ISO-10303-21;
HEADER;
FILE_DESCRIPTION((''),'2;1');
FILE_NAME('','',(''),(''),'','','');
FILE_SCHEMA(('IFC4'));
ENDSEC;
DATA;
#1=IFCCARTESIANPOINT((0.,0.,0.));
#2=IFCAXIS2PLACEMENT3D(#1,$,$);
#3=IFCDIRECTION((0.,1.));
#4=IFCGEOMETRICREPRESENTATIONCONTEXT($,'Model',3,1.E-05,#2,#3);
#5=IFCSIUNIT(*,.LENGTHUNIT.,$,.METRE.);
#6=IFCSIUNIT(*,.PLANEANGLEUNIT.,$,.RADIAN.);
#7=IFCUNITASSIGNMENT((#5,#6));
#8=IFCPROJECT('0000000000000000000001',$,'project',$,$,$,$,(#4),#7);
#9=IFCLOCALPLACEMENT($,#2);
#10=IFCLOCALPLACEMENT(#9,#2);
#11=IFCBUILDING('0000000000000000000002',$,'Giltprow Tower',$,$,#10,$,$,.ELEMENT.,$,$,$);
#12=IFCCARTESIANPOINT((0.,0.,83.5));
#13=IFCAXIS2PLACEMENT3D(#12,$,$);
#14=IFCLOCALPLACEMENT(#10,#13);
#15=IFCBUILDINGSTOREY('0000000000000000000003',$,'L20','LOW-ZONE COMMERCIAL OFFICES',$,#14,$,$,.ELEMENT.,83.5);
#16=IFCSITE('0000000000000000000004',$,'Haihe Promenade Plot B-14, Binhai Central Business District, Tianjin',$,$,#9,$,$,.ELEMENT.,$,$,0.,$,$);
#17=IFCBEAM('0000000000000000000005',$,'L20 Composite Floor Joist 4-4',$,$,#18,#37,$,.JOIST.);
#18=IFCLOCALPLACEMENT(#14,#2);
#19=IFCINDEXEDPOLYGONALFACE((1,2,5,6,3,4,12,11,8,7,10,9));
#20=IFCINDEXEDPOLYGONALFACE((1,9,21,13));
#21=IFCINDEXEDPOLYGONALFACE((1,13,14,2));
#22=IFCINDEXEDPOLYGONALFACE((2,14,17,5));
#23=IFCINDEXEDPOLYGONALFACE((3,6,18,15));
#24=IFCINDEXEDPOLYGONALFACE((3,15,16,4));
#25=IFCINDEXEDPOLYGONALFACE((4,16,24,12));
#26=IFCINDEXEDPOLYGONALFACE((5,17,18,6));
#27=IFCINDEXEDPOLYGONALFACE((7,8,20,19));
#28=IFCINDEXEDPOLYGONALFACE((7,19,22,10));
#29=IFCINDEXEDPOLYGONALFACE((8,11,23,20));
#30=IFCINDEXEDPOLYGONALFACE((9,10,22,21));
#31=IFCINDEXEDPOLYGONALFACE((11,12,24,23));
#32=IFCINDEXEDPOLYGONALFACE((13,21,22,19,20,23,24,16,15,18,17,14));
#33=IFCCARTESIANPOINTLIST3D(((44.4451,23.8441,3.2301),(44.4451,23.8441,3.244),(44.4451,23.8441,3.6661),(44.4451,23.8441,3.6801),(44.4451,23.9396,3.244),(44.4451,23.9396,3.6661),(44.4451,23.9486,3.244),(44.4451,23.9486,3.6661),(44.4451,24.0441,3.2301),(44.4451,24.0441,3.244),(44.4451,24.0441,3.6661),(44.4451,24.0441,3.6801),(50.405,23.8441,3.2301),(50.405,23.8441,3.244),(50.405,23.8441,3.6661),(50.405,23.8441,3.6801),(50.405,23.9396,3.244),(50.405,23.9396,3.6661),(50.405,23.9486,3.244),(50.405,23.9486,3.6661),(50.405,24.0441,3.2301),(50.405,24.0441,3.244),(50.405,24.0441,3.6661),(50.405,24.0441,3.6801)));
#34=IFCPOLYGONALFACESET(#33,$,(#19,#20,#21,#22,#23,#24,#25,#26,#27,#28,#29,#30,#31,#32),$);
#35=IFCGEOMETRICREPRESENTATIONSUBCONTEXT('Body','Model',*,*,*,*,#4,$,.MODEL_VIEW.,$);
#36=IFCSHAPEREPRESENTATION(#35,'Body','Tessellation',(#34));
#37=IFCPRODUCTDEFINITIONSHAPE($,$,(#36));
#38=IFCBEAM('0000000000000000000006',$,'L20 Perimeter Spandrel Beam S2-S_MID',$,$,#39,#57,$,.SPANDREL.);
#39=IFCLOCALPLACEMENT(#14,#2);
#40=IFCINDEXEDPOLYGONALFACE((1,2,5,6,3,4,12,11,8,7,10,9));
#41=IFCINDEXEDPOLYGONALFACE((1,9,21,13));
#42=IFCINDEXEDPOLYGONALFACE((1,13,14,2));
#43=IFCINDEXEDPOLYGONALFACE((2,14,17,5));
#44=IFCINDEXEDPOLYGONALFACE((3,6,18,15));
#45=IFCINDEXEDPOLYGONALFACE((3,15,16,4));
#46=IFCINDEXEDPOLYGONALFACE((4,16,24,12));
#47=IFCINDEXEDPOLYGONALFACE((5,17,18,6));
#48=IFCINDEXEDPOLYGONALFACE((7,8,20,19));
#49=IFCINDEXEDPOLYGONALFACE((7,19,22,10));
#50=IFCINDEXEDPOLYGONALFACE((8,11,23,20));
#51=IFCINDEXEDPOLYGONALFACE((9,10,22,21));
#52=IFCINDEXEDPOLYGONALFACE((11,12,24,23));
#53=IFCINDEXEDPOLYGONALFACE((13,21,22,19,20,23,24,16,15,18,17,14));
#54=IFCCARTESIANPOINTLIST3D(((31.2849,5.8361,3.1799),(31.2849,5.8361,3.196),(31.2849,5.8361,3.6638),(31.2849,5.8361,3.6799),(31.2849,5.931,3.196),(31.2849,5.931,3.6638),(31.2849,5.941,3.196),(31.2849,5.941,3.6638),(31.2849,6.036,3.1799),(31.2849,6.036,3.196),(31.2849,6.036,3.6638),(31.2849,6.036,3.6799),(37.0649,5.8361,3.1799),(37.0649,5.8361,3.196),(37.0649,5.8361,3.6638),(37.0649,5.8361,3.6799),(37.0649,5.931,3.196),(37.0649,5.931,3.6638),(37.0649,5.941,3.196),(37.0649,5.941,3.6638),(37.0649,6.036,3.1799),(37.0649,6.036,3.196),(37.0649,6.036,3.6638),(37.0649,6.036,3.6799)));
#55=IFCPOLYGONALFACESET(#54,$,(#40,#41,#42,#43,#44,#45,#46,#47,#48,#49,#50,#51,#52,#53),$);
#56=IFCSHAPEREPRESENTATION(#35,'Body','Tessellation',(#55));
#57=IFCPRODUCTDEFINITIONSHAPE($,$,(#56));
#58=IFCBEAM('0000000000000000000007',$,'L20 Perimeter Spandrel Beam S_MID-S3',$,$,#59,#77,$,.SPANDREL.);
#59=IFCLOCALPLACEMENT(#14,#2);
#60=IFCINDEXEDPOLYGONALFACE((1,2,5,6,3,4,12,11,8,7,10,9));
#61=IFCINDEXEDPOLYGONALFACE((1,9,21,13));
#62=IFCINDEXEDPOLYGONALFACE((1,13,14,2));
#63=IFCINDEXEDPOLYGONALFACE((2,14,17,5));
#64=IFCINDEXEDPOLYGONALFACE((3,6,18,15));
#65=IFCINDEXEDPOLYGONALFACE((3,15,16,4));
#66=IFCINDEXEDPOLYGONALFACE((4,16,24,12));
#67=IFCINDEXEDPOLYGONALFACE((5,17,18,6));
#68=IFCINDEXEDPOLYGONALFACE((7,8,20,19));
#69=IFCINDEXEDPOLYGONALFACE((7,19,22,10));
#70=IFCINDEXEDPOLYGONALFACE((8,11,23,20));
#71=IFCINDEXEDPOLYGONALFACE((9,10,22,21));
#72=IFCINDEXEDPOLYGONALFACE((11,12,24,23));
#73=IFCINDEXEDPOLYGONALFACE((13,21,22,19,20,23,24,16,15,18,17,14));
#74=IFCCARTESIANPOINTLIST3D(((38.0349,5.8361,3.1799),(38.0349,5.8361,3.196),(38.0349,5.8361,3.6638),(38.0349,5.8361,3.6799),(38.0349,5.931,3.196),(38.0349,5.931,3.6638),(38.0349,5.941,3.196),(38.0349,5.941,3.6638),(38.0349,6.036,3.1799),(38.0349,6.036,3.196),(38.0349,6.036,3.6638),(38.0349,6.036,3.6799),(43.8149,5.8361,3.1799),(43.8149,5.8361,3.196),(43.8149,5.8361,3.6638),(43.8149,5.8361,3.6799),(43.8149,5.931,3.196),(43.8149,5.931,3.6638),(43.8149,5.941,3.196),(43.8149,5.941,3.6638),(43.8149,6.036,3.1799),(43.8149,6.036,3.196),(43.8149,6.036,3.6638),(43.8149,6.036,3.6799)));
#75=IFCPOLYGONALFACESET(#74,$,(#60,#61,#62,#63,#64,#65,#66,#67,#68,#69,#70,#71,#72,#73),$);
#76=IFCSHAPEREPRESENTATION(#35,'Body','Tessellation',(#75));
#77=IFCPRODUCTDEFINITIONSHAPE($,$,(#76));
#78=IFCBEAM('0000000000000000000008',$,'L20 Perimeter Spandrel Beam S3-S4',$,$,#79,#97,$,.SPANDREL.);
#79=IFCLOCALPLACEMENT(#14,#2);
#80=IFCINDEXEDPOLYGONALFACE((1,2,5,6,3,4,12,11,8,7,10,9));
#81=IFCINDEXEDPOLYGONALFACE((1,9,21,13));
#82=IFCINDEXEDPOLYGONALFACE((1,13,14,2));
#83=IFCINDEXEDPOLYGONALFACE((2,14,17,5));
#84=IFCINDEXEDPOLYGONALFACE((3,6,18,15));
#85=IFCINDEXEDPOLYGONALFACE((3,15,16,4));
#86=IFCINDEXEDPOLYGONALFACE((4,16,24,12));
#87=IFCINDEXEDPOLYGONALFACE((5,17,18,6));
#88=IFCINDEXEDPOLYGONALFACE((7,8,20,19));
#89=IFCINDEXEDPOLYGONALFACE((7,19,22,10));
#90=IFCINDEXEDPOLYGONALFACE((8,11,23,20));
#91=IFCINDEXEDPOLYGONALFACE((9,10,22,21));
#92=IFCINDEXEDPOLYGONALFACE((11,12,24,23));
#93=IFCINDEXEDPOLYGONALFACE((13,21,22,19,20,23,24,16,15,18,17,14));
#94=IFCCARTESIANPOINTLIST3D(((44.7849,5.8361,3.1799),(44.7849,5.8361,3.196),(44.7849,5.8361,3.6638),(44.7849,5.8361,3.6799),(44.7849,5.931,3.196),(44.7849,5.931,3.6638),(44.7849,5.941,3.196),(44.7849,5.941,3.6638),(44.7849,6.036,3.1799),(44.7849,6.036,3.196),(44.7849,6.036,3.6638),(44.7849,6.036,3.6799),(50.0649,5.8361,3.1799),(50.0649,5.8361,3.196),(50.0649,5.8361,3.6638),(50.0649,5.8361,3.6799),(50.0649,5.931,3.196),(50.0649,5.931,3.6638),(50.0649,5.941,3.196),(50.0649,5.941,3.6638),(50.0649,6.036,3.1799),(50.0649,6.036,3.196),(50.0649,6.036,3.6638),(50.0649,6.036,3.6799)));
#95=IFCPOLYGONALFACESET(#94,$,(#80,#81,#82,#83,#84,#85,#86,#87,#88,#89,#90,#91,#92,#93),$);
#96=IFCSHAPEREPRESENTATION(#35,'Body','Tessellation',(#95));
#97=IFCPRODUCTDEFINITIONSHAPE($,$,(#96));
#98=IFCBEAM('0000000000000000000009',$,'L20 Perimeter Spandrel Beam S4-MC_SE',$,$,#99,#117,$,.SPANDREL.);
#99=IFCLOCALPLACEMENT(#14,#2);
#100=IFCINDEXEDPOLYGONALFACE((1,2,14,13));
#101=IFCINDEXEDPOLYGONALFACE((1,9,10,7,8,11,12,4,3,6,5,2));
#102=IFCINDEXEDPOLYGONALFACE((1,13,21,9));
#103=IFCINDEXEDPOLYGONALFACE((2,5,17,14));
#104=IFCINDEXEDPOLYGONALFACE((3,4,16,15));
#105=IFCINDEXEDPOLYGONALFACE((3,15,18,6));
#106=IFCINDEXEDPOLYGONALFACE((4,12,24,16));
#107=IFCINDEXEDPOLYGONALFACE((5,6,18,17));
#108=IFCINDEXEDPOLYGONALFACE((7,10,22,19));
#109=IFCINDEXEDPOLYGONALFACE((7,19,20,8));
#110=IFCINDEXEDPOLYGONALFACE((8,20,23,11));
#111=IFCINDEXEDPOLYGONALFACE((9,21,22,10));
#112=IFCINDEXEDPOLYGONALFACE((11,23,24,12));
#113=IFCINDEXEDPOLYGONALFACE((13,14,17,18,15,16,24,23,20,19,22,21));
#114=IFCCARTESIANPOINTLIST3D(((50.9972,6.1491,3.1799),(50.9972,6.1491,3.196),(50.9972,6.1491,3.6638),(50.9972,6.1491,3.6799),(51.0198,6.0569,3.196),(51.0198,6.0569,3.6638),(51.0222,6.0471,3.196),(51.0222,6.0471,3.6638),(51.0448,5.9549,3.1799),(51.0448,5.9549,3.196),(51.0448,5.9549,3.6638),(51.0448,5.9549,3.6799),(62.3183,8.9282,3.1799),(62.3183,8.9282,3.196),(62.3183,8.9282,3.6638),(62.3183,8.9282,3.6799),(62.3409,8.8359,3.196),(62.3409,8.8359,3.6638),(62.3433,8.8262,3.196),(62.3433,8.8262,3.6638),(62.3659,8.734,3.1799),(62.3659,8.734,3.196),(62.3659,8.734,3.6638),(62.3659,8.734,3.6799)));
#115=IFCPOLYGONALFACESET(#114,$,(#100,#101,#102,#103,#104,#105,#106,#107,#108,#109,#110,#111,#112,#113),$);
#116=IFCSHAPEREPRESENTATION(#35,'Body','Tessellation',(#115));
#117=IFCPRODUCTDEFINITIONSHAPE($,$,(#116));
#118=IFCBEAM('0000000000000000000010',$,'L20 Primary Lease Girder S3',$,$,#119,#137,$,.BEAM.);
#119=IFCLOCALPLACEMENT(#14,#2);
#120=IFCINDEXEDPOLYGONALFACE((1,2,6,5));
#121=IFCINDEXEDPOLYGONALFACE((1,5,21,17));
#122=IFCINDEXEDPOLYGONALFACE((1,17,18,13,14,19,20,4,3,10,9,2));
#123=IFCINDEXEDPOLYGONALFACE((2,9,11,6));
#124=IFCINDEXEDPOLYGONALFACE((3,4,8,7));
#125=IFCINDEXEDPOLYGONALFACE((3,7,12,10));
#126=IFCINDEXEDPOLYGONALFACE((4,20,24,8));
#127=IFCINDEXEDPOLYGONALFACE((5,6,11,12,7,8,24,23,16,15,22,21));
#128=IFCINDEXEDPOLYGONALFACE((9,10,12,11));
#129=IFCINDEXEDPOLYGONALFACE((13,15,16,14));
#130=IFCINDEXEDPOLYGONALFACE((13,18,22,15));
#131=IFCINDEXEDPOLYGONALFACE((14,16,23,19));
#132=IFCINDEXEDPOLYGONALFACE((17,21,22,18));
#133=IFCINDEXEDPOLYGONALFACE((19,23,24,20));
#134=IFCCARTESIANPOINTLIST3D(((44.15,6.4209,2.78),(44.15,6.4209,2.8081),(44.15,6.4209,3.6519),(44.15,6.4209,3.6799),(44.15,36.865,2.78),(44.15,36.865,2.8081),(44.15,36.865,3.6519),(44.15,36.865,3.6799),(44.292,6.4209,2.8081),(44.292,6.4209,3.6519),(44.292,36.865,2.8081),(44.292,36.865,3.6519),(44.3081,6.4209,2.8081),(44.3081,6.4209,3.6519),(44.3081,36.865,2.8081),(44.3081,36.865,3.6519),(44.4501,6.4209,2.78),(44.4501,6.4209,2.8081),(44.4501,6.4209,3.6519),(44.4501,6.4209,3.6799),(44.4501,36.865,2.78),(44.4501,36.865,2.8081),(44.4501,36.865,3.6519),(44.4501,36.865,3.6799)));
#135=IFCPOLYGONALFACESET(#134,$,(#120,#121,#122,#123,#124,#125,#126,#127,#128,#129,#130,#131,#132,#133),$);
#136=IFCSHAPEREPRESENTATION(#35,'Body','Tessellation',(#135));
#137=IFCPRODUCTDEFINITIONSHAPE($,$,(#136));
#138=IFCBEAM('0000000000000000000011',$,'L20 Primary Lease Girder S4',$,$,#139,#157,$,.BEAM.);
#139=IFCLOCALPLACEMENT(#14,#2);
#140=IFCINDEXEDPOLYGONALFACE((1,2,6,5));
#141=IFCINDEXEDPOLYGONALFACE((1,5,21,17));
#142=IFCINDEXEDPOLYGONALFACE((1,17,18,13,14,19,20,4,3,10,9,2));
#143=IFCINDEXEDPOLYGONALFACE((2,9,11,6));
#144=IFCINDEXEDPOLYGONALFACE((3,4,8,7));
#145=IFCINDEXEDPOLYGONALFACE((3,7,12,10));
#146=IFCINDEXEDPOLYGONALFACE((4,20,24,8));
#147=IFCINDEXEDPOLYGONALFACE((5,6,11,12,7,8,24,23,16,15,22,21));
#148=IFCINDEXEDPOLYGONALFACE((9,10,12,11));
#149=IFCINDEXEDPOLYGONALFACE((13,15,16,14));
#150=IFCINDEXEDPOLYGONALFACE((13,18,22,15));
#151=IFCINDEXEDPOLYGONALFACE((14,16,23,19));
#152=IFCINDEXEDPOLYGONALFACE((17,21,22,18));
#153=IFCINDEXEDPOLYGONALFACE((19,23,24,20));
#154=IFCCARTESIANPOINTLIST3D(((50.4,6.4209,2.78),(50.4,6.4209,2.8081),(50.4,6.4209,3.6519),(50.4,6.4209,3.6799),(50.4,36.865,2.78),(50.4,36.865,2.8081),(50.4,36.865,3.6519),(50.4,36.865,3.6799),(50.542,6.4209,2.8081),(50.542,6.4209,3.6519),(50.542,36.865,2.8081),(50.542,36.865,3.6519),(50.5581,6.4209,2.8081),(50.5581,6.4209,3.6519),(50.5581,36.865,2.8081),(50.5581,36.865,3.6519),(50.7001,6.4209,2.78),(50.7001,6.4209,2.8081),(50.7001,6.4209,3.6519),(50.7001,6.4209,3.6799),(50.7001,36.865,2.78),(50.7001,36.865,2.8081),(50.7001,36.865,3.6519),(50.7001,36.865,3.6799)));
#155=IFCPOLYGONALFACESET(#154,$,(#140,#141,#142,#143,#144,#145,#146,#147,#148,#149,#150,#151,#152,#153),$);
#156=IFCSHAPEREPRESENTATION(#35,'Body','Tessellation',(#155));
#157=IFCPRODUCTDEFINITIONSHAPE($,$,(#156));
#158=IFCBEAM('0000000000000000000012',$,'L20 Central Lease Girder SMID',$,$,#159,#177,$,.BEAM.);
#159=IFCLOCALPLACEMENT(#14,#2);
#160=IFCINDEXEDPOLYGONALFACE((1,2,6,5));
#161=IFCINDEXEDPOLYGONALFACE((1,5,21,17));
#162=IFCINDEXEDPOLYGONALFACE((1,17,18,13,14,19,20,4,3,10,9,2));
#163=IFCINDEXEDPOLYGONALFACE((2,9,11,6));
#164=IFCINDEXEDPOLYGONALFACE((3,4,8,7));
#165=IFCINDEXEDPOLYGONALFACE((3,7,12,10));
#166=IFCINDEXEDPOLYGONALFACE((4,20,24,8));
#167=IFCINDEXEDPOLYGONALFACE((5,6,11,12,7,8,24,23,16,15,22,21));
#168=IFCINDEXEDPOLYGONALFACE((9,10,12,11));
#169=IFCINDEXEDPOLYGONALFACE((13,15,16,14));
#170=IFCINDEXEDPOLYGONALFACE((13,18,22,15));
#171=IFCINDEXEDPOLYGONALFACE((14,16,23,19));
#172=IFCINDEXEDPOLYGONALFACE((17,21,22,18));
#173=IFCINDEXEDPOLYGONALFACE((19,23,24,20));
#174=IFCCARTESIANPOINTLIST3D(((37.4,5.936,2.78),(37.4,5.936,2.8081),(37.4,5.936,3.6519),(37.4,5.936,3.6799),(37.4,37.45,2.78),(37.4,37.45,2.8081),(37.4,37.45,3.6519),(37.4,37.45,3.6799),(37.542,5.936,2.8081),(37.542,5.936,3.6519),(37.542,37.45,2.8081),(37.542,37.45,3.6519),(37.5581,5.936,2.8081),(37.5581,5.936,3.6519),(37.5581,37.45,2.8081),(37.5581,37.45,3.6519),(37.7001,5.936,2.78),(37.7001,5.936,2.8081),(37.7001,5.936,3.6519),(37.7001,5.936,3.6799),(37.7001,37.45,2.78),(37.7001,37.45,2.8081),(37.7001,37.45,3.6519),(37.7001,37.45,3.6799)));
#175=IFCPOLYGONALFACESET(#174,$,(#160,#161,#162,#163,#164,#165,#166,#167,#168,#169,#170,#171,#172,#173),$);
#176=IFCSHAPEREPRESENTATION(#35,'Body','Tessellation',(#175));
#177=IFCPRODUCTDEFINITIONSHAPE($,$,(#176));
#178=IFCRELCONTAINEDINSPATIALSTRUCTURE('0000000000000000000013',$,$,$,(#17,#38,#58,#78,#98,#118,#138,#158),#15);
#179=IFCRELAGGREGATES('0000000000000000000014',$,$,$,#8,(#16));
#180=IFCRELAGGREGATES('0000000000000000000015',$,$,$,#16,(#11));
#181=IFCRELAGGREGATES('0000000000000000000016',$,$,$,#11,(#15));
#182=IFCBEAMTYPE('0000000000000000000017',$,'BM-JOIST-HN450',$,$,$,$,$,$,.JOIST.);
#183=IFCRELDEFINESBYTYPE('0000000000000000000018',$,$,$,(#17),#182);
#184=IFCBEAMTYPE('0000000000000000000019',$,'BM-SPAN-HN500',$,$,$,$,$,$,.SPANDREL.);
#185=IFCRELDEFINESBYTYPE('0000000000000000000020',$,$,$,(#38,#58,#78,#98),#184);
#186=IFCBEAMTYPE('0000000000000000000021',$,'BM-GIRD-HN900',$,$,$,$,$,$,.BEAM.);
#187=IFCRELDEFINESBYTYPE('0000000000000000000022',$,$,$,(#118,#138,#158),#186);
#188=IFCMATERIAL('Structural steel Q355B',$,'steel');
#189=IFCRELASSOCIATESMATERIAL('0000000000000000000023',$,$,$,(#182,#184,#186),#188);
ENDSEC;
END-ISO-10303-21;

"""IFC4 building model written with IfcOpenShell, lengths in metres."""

from ifc_helpers import new_model, si_unit, direction, frame, origin, origin_2d, place, context, subcontext, project, spatial, i_section, extrude, source, transform, mapped, material, material_profile, profile_set, type_object, element, save


model = new_model("IFC4")

# Units and contexts
model_context = context("Model", 3, precision=1e-05, world=origin(), true_north=direction((0.0, 1.0)))
body_context = subcontext(model_context, "Body", "Model", "MODEL_VIEW")
ifc_project = project(units=[si_unit("LENGTHUNIT", "METRE"), si_unit("PLANEANGLEUNIT", "RADIAN")], contexts=[model_context])

# Site, building, storey
site_placement = place(None, origin())
site = spatial("IfcSite", under=ifc_project, at=site_placement, Name="Haihe Promenade Plot B-14, Binhai Central Business District, Tianjin", CompositionType="ELEMENT", RefElevation=0.0)
building_placement = place(site_placement, origin())
building = spatial("IfcBuilding", under=site, at=building_placement, Name="Giltprow Tower", CompositionType="ELEMENT")
storey_placement = place(building_placement, frame((0.0, 0.0, 83.5)))
storey = spatial("IfcBuildingStorey", under=building, at=storey_placement, Name="L20", Description="LOW-ZONE COMMERCIAL OFFICES", CompositionType="ELEMENT", Elevation=83.5)

# Beams
ifc_material_1 = material(Name="Structural steel Q355B", Category="steel")
ifc_material_profile_1 = material_profile(ifc_material_1, i_section(OverallWidth=0.2, OverallDepth=0.45, WebThickness=0.009, FlangeThickness=0.0139, at=origin_2d()), Name="HN 450x200x9x14")
ifc_profile_set_1 = profile_set([ifc_material_profile_1], Name="Structural steel Q355B")
beam_type_1 = type_object("IfcBeamType", Name="BM-JOIST-HN450", PredefinedType="JOIST", material=ifc_profile_set_1)
shared_shape_1 = source(origin(), body_context, "Body", "SweptSolid", [
    extrude(i_section(OverallWidth=0.2, OverallDepth=0.45, WebThickness=0.009, FlangeThickness=0.0139, at=origin_2d()), origin(), (0.0, 0.0, 1.0), 5.96),
])
for number, where, z_axis, x_axis, name in (
    (1, (44.4451, 23.9441, 3.4551), (1.0, 0.0, 0.0), (0.0, 1.0, 0.0), "L20 Composite Floor Joist 4-4"),
):
    element("IfcBeam", number, at=place(storey_placement, frame(where, z_axis=z_axis, x_axis=x_axis)), inside=storey, type_object=beam_type_1, Name=name, PredefinedType="JOIST", context=body_context, shape_type="MappedRepresentation", body=[
        mapped(shared_shape_1, transform((0.0, 0.0, 0.0), x_axis=(1.0, 0.0, 0.0), y_axis=(0.0, 1.0, 0.0), z_axis=(0.0, 0.0, 1.0), scale=1.0)),
    ])
ifc_material_profile_2 = material_profile(ifc_material_1, i_section(OverallWidth=0.2, OverallDepth=0.5, WebThickness=0.01, FlangeThickness=0.0161, at=origin_2d()), Name="HN 500x200x10x16")
ifc_profile_set_2 = profile_set([ifc_material_profile_2], Name="Structural steel Q355B")
beam_type_2 = type_object("IfcBeamType", Name="BM-SPAN-HN500", PredefinedType="SPANDREL", material=ifc_profile_set_2)
shared_shape_2 = source(origin(), body_context, "Body", "SweptSolid", [
    extrude(i_section(OverallWidth=0.2, OverallDepth=0.5, WebThickness=0.01, FlangeThickness=0.0161, at=origin_2d()), origin(), (0.0, 0.0, 1.0), 5.78),
])
for number, where, z_axis, x_axis, name in (
    (2, (31.2849, 5.936, 3.4299), (1.0, 0.0, 0.0), (0.0, 1.0, 0.0), "L20 Perimeter Spandrel Beam S2-S_MID"),
    (3, (38.0349, 5.936, 3.4299), (1.0, 0.0, 0.0), (0.0, 1.0, 0.0), "L20 Perimeter Spandrel Beam S_MID-S3"),
):
    element("IfcBeam", number, at=place(storey_placement, frame(where, z_axis=z_axis, x_axis=x_axis)), inside=storey, type_object=beam_type_2, Name=name, PredefinedType="SPANDREL", context=body_context, shape_type="MappedRepresentation", body=[
        mapped(shared_shape_2, transform((0.0, 0.0, 0.0), x_axis=(1.0, 0.0, 0.0), y_axis=(0.0, 1.0, 0.0), z_axis=(0.0, 0.0, 1.0), scale=1.0)),
    ])
shared_shape_3 = source(origin(), body_context, "Body", "SweptSolid", [
    extrude(i_section(OverallWidth=0.2, OverallDepth=0.5, WebThickness=0.01, FlangeThickness=0.0161, at=origin_2d()), origin(), (0.0, 0.0, 1.0), 5.28),
])
beam_1_placement = place(storey_placement, frame((44.7849, 5.936, 3.4299), z_axis=(1.0, 0.0, 0.0), x_axis=(0.0, 1.0, 0.0)))
element("IfcBeam", 4, at=beam_1_placement, inside=storey, type_object=beam_type_2, Name="L20 Perimeter Spandrel Beam S3-S4", PredefinedType="SPANDREL", context=body_context, shape_type="MappedRepresentation", body=[
    mapped(shared_shape_3, transform((0.0, 0.0, 0.0), x_axis=(1.0, 0.0, 0.0), y_axis=(0.0, 1.0, 0.0), z_axis=(0.0, 0.0, 1.0), scale=1.0)),
])
shared_shape_4 = source(origin(), body_context, "Body", "SweptSolid", [
    extrude(i_section(OverallWidth=0.2, OverallDepth=0.5, WebThickness=0.01, FlangeThickness=0.0161, at=origin_2d()), origin(), (0.0, 0.0, 1.0), 11.6572),
])
beam_2_placement = place(storey_placement, frame((51.021, 6.052, 3.4299), z_axis=(0.971167, 0.238399, 0.0), x_axis=(-0.238399, 0.971167, 0.0)))
element("IfcBeam", 5, at=beam_2_placement, inside=storey, type_object=beam_type_2, Name="L20 Perimeter Spandrel Beam S4-MC_SE", PredefinedType="SPANDREL", context=body_context, shape_type="MappedRepresentation", body=[
    mapped(shared_shape_4, transform((0.0, 0.0, 0.0), x_axis=(1.0, 0.0, 0.0), y_axis=(0.0, 1.0, 0.0), z_axis=(0.0, 0.0, 1.0), scale=1.0)),
])
ifc_material_profile_3 = material_profile(ifc_material_1, i_section(OverallWidth=0.3, OverallDepth=0.8999, WebThickness=0.0161, FlangeThickness=0.0281, at=origin_2d()), Name="HN 900x300x16x28")
ifc_profile_set_3 = profile_set([ifc_material_profile_3], Name="Structural steel Q355B")
beam_type_3 = type_object("IfcBeamType", Name="BM-GIRD-HN900", PredefinedType="BEAM", material=ifc_profile_set_3)
shared_shape_5 = source(origin(), body_context, "Body", "SweptSolid", [
    extrude(i_section(OverallWidth=0.3, OverallDepth=0.8999, WebThickness=0.0161, FlangeThickness=0.0281, at=origin_2d()), origin(), (0.0, 0.0, 1.0), 30.4441),
])
for number, where, z_axis, x_axis, name in (
    (6, (44.3, 6.4209, 3.23), (0.0, 1.0, 0.0), (-1.0, 0.0, 0.0), "L20 Primary Lease Girder S3"),
    (7, (50.55, 6.4209, 3.23), (0.0, 1.0, 0.0), (-1.0, 0.0, 0.0), "L20 Primary Lease Girder S4"),
):
    element("IfcBeam", number, at=place(storey_placement, frame(where, z_axis=z_axis, x_axis=x_axis)), inside=storey, type_object=beam_type_3, Name=name, PredefinedType="BEAM", context=body_context, shape_type="MappedRepresentation", body=[
        mapped(shared_shape_5, transform((0.0, 0.0, 0.0), x_axis=(1.0, 0.0, 0.0), y_axis=(0.0, 1.0, 0.0), z_axis=(0.0, 0.0, 1.0), scale=1.0)),
    ])
shared_shape_6 = source(origin(), body_context, "Body", "SweptSolid", [
    extrude(i_section(OverallWidth=0.3, OverallDepth=0.8999, WebThickness=0.0161, FlangeThickness=0.0281, at=origin_2d()), origin(), (0.0, 0.0, 1.0), 31.5139),
])
beam_3_placement = place(storey_placement, frame((37.55, 5.936, 3.23), z_axis=(0.0, 1.0, 0.0), x_axis=(-1.0, 0.0, 0.0)))
element("IfcBeam", 8, at=beam_3_placement, inside=storey, type_object=beam_type_3, Name="L20 Central Lease Girder SMID", PredefinedType="BEAM", context=body_context, shape_type="MappedRepresentation", body=[
    mapped(shared_shape_6, transform((0.0, 0.0, 0.0), x_axis=(1.0, 0.0, 0.0), y_axis=(0.0, 1.0, 0.0), z_axis=(0.0, 0.0, 1.0), scale=1.0)),
])

save(model, "model.ifc")
